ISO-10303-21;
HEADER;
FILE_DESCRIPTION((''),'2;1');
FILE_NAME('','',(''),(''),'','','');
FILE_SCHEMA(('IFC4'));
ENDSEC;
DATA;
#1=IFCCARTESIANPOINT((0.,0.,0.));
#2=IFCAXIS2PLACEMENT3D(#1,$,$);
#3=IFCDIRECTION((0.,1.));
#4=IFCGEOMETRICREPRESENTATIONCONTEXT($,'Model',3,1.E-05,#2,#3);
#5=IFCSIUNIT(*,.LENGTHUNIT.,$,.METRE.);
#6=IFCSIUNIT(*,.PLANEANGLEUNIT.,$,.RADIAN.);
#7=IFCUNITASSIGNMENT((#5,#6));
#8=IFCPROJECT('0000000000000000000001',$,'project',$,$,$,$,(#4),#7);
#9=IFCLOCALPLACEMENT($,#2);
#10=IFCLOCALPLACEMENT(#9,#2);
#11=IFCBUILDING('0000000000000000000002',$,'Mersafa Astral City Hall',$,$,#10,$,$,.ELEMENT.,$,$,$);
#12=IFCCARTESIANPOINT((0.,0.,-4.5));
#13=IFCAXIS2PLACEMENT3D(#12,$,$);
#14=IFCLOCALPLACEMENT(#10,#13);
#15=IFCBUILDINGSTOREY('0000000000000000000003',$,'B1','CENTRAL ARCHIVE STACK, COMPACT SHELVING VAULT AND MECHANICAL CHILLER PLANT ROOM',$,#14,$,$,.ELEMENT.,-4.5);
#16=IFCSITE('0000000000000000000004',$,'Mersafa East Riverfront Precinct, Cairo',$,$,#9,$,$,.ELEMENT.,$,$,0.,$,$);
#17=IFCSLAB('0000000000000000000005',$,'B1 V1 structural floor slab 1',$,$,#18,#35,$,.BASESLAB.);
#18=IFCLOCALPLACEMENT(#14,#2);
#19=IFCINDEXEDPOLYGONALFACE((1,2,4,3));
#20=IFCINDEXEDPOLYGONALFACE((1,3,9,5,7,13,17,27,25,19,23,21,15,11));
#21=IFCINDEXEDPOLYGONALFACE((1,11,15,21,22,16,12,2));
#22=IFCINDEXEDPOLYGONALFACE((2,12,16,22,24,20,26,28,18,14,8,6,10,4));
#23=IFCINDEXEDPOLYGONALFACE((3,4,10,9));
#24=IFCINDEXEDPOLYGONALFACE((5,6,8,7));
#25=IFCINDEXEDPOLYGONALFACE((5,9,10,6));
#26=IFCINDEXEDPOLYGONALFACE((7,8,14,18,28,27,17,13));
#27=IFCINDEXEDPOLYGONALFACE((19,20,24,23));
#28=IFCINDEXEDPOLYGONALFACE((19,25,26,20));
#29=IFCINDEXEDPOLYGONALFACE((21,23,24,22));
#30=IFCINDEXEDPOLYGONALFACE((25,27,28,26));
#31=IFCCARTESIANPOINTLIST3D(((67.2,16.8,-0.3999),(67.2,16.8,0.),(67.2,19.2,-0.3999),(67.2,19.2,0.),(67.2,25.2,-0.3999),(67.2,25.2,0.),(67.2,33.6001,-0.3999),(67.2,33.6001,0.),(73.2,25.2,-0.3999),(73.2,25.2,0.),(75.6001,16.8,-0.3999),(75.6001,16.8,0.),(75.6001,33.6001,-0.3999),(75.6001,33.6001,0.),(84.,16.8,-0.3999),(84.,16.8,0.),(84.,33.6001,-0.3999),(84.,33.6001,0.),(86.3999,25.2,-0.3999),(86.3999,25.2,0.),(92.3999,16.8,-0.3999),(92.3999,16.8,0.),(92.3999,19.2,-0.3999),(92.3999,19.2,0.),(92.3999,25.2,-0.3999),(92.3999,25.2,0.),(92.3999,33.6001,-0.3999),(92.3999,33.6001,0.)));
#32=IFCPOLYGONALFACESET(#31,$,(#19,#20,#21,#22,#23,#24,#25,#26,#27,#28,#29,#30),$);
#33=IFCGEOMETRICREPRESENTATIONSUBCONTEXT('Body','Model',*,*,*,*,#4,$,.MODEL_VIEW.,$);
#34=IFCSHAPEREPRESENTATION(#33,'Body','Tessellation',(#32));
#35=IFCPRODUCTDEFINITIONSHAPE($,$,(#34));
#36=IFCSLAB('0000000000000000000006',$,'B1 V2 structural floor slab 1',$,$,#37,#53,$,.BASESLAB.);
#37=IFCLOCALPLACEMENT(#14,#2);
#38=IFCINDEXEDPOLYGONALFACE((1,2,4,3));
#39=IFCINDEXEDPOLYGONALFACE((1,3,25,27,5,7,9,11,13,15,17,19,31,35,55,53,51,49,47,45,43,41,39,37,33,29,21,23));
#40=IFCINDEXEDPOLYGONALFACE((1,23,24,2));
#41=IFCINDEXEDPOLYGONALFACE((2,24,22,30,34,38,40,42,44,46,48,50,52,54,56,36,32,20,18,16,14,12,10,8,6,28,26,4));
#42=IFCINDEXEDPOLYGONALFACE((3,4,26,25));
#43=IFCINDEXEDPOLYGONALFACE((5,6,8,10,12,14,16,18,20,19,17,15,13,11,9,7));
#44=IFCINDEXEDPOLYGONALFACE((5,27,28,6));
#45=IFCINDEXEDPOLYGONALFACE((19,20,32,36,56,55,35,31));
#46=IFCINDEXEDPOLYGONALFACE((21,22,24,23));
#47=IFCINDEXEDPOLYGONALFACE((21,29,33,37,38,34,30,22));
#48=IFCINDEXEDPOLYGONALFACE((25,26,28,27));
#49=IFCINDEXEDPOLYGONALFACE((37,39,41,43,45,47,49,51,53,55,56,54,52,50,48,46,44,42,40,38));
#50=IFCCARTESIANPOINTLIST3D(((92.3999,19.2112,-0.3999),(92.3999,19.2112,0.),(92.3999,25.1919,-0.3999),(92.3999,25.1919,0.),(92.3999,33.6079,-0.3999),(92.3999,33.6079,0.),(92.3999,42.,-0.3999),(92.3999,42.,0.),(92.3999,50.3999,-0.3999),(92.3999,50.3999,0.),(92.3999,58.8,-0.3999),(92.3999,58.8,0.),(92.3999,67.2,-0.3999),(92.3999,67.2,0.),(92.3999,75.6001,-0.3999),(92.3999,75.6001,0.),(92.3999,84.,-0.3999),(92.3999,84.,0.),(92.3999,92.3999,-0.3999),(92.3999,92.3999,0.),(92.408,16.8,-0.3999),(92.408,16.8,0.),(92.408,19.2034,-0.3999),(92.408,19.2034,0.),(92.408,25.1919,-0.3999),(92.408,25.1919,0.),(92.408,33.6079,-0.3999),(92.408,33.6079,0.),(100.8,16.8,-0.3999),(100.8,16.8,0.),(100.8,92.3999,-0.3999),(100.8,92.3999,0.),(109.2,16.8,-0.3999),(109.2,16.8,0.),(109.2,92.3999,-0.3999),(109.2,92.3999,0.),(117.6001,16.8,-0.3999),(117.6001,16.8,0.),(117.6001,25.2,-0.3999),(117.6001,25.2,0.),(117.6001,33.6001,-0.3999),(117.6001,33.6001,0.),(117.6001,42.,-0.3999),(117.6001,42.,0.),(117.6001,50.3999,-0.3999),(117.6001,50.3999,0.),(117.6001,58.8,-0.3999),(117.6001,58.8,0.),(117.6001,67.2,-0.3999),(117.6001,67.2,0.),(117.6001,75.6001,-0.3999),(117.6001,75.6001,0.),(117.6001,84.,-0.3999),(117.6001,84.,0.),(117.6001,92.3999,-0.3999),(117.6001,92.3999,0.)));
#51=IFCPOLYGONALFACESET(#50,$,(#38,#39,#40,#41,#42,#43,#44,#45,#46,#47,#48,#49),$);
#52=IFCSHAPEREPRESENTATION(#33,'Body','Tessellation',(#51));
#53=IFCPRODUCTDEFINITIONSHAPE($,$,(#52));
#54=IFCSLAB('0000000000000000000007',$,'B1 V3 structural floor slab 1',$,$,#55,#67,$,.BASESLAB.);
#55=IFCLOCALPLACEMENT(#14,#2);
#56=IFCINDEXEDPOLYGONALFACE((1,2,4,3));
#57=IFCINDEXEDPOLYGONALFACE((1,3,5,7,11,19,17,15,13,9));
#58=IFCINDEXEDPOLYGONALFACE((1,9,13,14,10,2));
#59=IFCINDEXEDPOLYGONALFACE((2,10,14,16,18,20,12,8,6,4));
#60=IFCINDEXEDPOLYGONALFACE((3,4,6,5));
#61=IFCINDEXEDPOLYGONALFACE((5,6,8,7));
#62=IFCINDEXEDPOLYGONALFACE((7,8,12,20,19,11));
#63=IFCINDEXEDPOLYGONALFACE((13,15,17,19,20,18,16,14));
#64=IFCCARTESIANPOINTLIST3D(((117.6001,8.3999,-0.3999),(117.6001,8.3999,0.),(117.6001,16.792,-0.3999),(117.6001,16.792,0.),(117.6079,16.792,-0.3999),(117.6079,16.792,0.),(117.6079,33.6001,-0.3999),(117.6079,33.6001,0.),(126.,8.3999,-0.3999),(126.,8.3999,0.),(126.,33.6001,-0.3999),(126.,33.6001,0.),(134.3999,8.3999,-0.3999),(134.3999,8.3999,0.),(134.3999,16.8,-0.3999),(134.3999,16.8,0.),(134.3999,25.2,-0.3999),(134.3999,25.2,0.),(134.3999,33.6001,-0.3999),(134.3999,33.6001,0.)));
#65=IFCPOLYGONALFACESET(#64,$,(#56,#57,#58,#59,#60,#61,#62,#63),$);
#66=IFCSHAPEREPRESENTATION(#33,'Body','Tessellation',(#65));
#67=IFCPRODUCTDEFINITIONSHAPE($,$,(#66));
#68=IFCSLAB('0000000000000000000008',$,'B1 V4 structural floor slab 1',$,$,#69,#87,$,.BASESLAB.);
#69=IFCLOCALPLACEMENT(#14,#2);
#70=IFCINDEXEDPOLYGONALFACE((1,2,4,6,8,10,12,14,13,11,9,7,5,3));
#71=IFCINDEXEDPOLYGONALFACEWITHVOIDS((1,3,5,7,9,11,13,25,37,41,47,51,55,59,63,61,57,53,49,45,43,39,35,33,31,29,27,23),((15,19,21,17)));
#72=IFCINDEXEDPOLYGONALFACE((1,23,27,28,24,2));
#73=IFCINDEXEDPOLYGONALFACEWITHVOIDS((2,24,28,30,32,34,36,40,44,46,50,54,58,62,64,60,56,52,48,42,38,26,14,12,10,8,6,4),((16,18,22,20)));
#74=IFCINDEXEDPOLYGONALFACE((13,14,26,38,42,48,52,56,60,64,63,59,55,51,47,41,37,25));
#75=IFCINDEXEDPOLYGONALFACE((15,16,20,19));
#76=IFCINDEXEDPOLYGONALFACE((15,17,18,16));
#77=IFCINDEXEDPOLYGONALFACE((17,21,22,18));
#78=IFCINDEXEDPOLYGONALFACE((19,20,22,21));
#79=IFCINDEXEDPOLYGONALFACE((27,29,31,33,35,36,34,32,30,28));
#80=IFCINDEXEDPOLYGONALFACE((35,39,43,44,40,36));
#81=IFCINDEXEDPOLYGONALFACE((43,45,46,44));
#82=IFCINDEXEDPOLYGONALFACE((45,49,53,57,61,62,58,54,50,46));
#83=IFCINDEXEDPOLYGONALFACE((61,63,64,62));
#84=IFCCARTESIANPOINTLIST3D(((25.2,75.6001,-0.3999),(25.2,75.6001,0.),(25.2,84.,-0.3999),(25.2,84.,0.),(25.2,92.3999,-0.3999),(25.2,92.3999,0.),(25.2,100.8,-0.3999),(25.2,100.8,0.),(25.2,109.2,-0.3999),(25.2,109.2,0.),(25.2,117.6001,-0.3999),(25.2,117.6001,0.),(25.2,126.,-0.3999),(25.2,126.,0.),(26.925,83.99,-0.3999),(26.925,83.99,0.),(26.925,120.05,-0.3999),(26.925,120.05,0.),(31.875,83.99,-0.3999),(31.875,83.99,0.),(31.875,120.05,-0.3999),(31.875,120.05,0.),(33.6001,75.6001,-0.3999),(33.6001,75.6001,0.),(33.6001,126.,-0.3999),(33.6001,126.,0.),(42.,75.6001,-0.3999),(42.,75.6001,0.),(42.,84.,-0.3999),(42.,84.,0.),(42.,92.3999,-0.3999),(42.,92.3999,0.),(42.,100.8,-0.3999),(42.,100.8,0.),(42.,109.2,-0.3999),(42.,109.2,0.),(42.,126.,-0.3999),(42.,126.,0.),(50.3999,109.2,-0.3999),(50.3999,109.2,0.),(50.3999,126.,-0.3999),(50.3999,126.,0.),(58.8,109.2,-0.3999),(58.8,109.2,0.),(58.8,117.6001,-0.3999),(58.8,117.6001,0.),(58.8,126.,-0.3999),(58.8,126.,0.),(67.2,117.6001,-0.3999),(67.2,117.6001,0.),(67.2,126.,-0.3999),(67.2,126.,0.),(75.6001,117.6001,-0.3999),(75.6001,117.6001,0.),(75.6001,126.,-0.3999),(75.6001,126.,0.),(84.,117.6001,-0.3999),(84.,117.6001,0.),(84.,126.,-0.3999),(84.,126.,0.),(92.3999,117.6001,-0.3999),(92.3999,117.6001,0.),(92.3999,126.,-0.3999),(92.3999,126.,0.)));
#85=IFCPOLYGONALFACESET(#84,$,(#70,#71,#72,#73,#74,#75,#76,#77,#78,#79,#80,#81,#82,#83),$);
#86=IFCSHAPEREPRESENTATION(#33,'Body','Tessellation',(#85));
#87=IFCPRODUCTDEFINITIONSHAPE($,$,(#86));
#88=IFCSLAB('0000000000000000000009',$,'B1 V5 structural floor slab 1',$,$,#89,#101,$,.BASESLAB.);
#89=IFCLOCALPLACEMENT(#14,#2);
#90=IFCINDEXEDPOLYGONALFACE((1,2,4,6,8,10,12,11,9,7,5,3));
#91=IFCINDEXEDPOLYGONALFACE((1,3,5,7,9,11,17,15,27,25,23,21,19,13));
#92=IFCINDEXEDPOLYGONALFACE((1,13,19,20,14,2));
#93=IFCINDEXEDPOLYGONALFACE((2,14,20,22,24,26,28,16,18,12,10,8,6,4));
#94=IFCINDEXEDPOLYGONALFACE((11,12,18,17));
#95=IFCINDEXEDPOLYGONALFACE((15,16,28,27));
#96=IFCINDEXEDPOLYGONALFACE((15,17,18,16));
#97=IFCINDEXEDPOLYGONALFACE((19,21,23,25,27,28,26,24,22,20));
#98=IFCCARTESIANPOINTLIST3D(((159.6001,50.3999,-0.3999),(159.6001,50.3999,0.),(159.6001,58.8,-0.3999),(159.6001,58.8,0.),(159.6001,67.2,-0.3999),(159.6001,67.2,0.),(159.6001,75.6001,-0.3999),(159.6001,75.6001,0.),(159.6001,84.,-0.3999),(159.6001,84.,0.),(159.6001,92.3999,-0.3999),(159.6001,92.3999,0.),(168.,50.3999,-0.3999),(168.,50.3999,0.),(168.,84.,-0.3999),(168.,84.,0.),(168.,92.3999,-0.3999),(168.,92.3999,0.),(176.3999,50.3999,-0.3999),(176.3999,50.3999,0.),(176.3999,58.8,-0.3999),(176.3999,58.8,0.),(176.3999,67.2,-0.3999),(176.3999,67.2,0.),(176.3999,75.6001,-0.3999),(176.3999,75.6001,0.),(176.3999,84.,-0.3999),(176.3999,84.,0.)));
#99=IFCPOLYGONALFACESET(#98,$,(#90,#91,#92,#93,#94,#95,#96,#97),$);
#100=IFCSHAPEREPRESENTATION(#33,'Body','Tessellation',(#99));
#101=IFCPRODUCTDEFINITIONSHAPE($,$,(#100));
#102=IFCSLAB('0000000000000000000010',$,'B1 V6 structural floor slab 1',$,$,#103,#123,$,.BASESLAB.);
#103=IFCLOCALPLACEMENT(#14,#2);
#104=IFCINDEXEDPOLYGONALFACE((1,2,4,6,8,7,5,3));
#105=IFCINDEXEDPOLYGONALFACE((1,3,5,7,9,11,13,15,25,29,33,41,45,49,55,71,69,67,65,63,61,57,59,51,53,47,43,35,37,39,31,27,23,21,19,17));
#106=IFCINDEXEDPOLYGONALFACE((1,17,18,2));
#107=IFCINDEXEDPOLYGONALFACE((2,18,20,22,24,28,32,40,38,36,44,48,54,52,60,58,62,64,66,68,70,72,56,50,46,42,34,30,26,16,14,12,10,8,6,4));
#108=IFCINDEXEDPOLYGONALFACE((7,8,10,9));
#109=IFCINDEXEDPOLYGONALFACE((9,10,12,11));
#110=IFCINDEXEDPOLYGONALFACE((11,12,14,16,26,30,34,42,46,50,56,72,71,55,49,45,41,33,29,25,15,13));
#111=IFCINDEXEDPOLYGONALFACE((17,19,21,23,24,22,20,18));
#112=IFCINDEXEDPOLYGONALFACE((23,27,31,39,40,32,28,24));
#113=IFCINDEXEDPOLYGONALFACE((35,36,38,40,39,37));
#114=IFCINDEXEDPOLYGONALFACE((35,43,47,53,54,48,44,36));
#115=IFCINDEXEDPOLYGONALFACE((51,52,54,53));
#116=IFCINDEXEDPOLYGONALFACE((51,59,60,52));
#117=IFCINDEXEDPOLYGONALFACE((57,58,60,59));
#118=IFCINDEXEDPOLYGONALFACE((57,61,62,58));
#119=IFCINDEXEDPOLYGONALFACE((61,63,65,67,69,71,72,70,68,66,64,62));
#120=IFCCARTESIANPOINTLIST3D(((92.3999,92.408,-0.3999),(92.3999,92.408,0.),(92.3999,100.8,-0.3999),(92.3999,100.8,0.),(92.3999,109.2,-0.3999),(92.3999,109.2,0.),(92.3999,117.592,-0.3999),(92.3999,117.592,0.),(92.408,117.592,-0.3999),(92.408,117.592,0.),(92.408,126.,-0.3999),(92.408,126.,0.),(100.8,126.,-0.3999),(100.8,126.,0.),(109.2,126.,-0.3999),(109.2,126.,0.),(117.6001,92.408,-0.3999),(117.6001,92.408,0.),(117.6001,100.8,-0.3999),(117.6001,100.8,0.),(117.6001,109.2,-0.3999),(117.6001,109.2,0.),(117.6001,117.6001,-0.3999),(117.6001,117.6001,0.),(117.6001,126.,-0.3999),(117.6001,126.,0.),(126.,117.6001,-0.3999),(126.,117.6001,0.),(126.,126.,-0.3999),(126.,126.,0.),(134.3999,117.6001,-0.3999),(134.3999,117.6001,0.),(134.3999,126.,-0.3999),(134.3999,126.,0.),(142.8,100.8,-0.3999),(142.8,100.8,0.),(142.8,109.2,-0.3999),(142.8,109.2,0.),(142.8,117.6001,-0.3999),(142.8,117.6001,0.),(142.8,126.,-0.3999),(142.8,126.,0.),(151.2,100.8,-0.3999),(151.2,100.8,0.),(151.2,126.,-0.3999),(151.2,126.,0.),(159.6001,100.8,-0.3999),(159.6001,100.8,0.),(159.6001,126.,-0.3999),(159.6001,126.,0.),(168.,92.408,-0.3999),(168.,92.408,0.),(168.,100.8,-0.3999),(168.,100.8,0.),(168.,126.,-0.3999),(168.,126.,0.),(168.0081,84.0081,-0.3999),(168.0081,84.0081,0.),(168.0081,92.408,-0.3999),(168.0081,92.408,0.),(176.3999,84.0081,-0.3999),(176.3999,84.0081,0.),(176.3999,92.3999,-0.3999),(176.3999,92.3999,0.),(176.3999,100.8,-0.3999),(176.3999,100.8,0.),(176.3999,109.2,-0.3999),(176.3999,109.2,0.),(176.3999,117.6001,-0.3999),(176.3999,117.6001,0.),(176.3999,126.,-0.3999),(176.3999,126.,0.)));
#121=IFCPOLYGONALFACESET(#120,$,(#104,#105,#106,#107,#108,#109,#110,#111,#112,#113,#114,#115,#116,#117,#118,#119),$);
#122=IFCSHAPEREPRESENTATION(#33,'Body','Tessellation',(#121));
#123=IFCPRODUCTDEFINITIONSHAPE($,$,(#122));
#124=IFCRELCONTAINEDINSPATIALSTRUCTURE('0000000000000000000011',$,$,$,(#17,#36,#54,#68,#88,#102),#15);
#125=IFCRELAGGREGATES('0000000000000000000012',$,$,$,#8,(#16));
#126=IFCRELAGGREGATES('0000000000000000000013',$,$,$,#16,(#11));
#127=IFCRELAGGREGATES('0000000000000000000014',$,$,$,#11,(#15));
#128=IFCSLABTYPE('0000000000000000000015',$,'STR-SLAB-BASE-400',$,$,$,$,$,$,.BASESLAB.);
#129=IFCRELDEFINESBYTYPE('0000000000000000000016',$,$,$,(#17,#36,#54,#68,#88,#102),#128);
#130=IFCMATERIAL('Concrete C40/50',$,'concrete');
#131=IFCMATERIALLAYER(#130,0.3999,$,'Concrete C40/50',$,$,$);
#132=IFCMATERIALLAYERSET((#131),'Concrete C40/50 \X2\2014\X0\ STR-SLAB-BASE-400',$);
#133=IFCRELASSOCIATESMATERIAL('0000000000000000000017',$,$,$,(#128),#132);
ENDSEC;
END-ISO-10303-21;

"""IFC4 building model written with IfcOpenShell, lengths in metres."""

from ifc_helpers import new_model, si_unit, direction, frame, origin, place, context, subcontext, project, spatial, polyline, outline, extrude, material, layer, layer_set, type_object, element, save


model = new_model("IFC4")

# Units and contexts
model_context = context("Model", 3, precision=1e-05, world=origin(), true_north=direction((0.0, 1.0)))
body_context = subcontext(model_context, "Body", "Model", "MODEL_VIEW")
ifc_project = project(units=[si_unit("LENGTHUNIT", "METRE"), si_unit("PLANEANGLEUNIT", "RADIAN")], contexts=[model_context])

# Site, building, storey
site_placement = place(None, origin())
site = spatial("IfcSite", under=ifc_project, at=site_placement, Name="Mersafa East Riverfront Precinct, Cairo", CompositionType="ELEMENT", RefElevation=0.0)
building_placement = place(site_placement, origin())
building = spatial("IfcBuilding", under=site, at=building_placement, Name="Mersafa Astral City Hall", CompositionType="ELEMENT")
storey_placement = place(building_placement, frame((0.0, 0.0, -4.5)))
storey = spatial("IfcBuildingStorey", under=building, at=storey_placement, Name="B1", Description="CENTRAL ARCHIVE STACK, COMPACT SHELVING VAULT AND MECHANICAL CHILLER PLANT ROOM", CompositionType="ELEMENT", Elevation=-4.5)

# Slabs
ifc_material_1 = material(Name="Concrete C40/50", Category="concrete")
ifc_layer_1 = layer(ifc_material_1, 0.3999, Name="Concrete C40/50")
ifc_layer_set_1 = layer_set([ifc_layer_1], Name="Concrete C40/50 — STR-SLAB-BASE-400")
slab_type = type_object("IfcSlabType", Name="STR-SLAB-BASE-400", PredefinedType="BASESLAB", material=ifc_layer_set_1)
slab_1_placement = place(storey_placement, frame((0.0, 0.0, -0.3999)))
element("IfcSlab", 1, at=slab_1_placement, inside=storey, type_object=slab_type, Name="B1 V1 structural floor slab 1", PredefinedType="BASESLAB", context=body_context, shape_type="SweptSolid", body=[
    extrude(outline(polyline([(75.6001, 33.6001), (84.0, 33.6001), (92.3999, 33.6001), (92.3999, 25.2), (92.3999, 25.2), (86.3999, 25.2), (92.3999, 19.2), (92.3999, 16.8), (84.0, 16.8), (75.6001, 16.8), (67.2, 16.8), (67.2, 19.2), (73.2, 25.2), (67.2, 25.2), (67.2, 25.2), (67.2, 33.6001), (75.6001, 33.6001)])), origin(), (0.0, 0.0, 1.0), 0.3999),
])
slab_2_placement = place(storey_placement, frame((0.0, 0.0, -0.3999)))
element("IfcSlab", 2, at=slab_2_placement, inside=storey, type_object=slab_type, Name="B1 V2 structural floor slab 1", PredefinedType="BASESLAB", context=body_context, shape_type="SweptSolid", body=[
    extrude(outline(polyline([(92.3999, 50.3999), (92.3999, 58.8), (92.3999, 67.2), (92.3999, 75.6001), (92.3999, 84.0), (92.3999, 92.3999), (100.8, 92.3999), (109.2, 92.3999), (117.6001, 92.3999), (117.6001, 84.0), (117.6001, 75.6001), (117.6001, 67.2), (117.6001, 58.8), (117.6001, 50.3999), (117.6001, 42.0), (117.6001, 33.6001), (117.6001, 25.2), (117.6001, 16.8), (109.2, 16.8), (100.8, 16.8), (92.408, 16.8), (92.408, 19.2034), (92.3999, 19.2112), (92.3999, 25.1919), (92.408, 25.1919), (92.408, 33.6079), (92.3999, 33.6079), (92.3999, 42.0), (92.3999, 50.3999)])), origin(), (0.0, 0.0, 1.0), 0.3999),
])
slab_3_placement = place(storey_placement, frame((0.0, 0.0, -0.3999)))
element("IfcSlab", 3, at=slab_3_placement, inside=storey, type_object=slab_type, Name="B1 V3 structural floor slab 1", PredefinedType="BASESLAB", context=body_context, shape_type="SweptSolid", body=[
    extrude(outline(polyline([(126.0, 33.6001), (134.3999, 33.6001), (134.3999, 25.2), (134.3999, 16.8), (134.3999, 8.3999), (126.0, 8.3999), (117.6001, 8.3999), (117.6001, 16.792), (117.6079, 16.792), (117.6079, 33.6001), (126.0, 33.6001)])), origin(), (0.0, 0.0, 1.0), 0.3999),
])
slab_4_placement = place(storey_placement, frame((0.0, 0.0, -0.3999)))
element("IfcSlab", 4, at=slab_4_placement, inside=storey, type_object=slab_type, Name="B1 V4 structural floor slab 1", PredefinedType="BASESLAB", context=body_context, shape_type="SweptSolid", body=[
    extrude(outline(polyline([(25.2, 109.2), (25.2, 117.6001), (25.2, 126.0), (33.6001, 126.0), (42.0, 126.0), (50.3999, 126.0), (58.8, 126.0), (67.2, 126.0), (75.6001, 126.0), (84.0, 126.0), (92.3999, 126.0), (92.3999, 117.6001), (84.0, 117.6001), (75.6001, 117.6001), (67.2, 117.6001), (58.8, 117.6001), (58.8, 109.2), (50.3999, 109.2), (42.0, 109.2), (42.0, 100.8), (42.0, 92.3999), (42.0, 84.0), (42.0, 75.6001), (33.6001, 75.6001), (25.2, 75.6001), (25.2, 84.0), (25.2, 92.3999), (25.2, 100.8), (25.2, 109.2)]), holes=[polyline([(26.925, 120.05), (26.925, 83.99), (31.875, 83.99), (31.875, 120.05), (26.925, 120.05)])]), origin(), (0.0, 0.0, 1.0), 0.3999),
])
slab_5_placement = place(storey_placement, frame((0.0, 0.0, -0.3999)))
element("IfcSlab", 5, at=slab_5_placement, inside=storey, type_object=slab_type, Name="B1 V5 structural floor slab 1", PredefinedType="BASESLAB", context=body_context, shape_type="SweptSolid", body=[
    extrude(outline(polyline([(159.6001, 84.0), (159.6001, 92.3999), (168.0, 92.3999), (168.0, 84.0), (176.3999, 84.0), (176.3999, 75.6001), (176.3999, 67.2), (176.3999, 58.8), (176.3999, 50.3999), (168.0, 50.3999), (159.6001, 50.3999), (159.6001, 58.8), (159.6001, 67.2), (159.6001, 75.6001), (159.6001, 84.0)])), origin(), (0.0, 0.0, 1.0), 0.3999),
])
slab_6_placement = place(storey_placement, frame((0.0, 0.0, -0.3999)))
element("IfcSlab", 6, at=slab_6_placement, inside=storey, type_object=slab_type, Name="B1 V6 structural floor slab 1", PredefinedType="BASESLAB", context=body_context, shape_type="SweptSolid", body=[
    extrude(outline(polyline([(100.8, 126.0), (109.2, 126.0), (117.6001, 126.0), (126.0, 126.0), (134.3999, 126.0), (142.8, 126.0), (151.2, 126.0), (159.6001, 126.0), (168.0, 126.0), (176.3999, 126.0), (176.3999, 117.6001), (176.3999, 109.2), (176.3999, 100.8), (176.3999, 92.3999), (176.3999, 84.0081), (168.0081, 84.0081), (168.0081, 92.408), (168.0, 92.408), (168.0, 100.8), (159.6001, 100.8), (151.2, 100.8), (142.8, 100.8), (142.8, 109.2), (142.8, 117.6001), (134.3999, 117.6001), (126.0, 117.6001), (117.6001, 117.6001), (117.6001, 109.2), (117.6001, 100.8), (117.6001, 92.408), (92.3999, 92.408), (92.3999, 100.8), (92.3999, 109.2), (92.3999, 117.592), (92.408, 117.592), (92.408, 126.0), (100.8, 126.0)])), origin(), (0.0, 0.0, 1.0), 0.3999),
])

save(model, "model.ifc")
